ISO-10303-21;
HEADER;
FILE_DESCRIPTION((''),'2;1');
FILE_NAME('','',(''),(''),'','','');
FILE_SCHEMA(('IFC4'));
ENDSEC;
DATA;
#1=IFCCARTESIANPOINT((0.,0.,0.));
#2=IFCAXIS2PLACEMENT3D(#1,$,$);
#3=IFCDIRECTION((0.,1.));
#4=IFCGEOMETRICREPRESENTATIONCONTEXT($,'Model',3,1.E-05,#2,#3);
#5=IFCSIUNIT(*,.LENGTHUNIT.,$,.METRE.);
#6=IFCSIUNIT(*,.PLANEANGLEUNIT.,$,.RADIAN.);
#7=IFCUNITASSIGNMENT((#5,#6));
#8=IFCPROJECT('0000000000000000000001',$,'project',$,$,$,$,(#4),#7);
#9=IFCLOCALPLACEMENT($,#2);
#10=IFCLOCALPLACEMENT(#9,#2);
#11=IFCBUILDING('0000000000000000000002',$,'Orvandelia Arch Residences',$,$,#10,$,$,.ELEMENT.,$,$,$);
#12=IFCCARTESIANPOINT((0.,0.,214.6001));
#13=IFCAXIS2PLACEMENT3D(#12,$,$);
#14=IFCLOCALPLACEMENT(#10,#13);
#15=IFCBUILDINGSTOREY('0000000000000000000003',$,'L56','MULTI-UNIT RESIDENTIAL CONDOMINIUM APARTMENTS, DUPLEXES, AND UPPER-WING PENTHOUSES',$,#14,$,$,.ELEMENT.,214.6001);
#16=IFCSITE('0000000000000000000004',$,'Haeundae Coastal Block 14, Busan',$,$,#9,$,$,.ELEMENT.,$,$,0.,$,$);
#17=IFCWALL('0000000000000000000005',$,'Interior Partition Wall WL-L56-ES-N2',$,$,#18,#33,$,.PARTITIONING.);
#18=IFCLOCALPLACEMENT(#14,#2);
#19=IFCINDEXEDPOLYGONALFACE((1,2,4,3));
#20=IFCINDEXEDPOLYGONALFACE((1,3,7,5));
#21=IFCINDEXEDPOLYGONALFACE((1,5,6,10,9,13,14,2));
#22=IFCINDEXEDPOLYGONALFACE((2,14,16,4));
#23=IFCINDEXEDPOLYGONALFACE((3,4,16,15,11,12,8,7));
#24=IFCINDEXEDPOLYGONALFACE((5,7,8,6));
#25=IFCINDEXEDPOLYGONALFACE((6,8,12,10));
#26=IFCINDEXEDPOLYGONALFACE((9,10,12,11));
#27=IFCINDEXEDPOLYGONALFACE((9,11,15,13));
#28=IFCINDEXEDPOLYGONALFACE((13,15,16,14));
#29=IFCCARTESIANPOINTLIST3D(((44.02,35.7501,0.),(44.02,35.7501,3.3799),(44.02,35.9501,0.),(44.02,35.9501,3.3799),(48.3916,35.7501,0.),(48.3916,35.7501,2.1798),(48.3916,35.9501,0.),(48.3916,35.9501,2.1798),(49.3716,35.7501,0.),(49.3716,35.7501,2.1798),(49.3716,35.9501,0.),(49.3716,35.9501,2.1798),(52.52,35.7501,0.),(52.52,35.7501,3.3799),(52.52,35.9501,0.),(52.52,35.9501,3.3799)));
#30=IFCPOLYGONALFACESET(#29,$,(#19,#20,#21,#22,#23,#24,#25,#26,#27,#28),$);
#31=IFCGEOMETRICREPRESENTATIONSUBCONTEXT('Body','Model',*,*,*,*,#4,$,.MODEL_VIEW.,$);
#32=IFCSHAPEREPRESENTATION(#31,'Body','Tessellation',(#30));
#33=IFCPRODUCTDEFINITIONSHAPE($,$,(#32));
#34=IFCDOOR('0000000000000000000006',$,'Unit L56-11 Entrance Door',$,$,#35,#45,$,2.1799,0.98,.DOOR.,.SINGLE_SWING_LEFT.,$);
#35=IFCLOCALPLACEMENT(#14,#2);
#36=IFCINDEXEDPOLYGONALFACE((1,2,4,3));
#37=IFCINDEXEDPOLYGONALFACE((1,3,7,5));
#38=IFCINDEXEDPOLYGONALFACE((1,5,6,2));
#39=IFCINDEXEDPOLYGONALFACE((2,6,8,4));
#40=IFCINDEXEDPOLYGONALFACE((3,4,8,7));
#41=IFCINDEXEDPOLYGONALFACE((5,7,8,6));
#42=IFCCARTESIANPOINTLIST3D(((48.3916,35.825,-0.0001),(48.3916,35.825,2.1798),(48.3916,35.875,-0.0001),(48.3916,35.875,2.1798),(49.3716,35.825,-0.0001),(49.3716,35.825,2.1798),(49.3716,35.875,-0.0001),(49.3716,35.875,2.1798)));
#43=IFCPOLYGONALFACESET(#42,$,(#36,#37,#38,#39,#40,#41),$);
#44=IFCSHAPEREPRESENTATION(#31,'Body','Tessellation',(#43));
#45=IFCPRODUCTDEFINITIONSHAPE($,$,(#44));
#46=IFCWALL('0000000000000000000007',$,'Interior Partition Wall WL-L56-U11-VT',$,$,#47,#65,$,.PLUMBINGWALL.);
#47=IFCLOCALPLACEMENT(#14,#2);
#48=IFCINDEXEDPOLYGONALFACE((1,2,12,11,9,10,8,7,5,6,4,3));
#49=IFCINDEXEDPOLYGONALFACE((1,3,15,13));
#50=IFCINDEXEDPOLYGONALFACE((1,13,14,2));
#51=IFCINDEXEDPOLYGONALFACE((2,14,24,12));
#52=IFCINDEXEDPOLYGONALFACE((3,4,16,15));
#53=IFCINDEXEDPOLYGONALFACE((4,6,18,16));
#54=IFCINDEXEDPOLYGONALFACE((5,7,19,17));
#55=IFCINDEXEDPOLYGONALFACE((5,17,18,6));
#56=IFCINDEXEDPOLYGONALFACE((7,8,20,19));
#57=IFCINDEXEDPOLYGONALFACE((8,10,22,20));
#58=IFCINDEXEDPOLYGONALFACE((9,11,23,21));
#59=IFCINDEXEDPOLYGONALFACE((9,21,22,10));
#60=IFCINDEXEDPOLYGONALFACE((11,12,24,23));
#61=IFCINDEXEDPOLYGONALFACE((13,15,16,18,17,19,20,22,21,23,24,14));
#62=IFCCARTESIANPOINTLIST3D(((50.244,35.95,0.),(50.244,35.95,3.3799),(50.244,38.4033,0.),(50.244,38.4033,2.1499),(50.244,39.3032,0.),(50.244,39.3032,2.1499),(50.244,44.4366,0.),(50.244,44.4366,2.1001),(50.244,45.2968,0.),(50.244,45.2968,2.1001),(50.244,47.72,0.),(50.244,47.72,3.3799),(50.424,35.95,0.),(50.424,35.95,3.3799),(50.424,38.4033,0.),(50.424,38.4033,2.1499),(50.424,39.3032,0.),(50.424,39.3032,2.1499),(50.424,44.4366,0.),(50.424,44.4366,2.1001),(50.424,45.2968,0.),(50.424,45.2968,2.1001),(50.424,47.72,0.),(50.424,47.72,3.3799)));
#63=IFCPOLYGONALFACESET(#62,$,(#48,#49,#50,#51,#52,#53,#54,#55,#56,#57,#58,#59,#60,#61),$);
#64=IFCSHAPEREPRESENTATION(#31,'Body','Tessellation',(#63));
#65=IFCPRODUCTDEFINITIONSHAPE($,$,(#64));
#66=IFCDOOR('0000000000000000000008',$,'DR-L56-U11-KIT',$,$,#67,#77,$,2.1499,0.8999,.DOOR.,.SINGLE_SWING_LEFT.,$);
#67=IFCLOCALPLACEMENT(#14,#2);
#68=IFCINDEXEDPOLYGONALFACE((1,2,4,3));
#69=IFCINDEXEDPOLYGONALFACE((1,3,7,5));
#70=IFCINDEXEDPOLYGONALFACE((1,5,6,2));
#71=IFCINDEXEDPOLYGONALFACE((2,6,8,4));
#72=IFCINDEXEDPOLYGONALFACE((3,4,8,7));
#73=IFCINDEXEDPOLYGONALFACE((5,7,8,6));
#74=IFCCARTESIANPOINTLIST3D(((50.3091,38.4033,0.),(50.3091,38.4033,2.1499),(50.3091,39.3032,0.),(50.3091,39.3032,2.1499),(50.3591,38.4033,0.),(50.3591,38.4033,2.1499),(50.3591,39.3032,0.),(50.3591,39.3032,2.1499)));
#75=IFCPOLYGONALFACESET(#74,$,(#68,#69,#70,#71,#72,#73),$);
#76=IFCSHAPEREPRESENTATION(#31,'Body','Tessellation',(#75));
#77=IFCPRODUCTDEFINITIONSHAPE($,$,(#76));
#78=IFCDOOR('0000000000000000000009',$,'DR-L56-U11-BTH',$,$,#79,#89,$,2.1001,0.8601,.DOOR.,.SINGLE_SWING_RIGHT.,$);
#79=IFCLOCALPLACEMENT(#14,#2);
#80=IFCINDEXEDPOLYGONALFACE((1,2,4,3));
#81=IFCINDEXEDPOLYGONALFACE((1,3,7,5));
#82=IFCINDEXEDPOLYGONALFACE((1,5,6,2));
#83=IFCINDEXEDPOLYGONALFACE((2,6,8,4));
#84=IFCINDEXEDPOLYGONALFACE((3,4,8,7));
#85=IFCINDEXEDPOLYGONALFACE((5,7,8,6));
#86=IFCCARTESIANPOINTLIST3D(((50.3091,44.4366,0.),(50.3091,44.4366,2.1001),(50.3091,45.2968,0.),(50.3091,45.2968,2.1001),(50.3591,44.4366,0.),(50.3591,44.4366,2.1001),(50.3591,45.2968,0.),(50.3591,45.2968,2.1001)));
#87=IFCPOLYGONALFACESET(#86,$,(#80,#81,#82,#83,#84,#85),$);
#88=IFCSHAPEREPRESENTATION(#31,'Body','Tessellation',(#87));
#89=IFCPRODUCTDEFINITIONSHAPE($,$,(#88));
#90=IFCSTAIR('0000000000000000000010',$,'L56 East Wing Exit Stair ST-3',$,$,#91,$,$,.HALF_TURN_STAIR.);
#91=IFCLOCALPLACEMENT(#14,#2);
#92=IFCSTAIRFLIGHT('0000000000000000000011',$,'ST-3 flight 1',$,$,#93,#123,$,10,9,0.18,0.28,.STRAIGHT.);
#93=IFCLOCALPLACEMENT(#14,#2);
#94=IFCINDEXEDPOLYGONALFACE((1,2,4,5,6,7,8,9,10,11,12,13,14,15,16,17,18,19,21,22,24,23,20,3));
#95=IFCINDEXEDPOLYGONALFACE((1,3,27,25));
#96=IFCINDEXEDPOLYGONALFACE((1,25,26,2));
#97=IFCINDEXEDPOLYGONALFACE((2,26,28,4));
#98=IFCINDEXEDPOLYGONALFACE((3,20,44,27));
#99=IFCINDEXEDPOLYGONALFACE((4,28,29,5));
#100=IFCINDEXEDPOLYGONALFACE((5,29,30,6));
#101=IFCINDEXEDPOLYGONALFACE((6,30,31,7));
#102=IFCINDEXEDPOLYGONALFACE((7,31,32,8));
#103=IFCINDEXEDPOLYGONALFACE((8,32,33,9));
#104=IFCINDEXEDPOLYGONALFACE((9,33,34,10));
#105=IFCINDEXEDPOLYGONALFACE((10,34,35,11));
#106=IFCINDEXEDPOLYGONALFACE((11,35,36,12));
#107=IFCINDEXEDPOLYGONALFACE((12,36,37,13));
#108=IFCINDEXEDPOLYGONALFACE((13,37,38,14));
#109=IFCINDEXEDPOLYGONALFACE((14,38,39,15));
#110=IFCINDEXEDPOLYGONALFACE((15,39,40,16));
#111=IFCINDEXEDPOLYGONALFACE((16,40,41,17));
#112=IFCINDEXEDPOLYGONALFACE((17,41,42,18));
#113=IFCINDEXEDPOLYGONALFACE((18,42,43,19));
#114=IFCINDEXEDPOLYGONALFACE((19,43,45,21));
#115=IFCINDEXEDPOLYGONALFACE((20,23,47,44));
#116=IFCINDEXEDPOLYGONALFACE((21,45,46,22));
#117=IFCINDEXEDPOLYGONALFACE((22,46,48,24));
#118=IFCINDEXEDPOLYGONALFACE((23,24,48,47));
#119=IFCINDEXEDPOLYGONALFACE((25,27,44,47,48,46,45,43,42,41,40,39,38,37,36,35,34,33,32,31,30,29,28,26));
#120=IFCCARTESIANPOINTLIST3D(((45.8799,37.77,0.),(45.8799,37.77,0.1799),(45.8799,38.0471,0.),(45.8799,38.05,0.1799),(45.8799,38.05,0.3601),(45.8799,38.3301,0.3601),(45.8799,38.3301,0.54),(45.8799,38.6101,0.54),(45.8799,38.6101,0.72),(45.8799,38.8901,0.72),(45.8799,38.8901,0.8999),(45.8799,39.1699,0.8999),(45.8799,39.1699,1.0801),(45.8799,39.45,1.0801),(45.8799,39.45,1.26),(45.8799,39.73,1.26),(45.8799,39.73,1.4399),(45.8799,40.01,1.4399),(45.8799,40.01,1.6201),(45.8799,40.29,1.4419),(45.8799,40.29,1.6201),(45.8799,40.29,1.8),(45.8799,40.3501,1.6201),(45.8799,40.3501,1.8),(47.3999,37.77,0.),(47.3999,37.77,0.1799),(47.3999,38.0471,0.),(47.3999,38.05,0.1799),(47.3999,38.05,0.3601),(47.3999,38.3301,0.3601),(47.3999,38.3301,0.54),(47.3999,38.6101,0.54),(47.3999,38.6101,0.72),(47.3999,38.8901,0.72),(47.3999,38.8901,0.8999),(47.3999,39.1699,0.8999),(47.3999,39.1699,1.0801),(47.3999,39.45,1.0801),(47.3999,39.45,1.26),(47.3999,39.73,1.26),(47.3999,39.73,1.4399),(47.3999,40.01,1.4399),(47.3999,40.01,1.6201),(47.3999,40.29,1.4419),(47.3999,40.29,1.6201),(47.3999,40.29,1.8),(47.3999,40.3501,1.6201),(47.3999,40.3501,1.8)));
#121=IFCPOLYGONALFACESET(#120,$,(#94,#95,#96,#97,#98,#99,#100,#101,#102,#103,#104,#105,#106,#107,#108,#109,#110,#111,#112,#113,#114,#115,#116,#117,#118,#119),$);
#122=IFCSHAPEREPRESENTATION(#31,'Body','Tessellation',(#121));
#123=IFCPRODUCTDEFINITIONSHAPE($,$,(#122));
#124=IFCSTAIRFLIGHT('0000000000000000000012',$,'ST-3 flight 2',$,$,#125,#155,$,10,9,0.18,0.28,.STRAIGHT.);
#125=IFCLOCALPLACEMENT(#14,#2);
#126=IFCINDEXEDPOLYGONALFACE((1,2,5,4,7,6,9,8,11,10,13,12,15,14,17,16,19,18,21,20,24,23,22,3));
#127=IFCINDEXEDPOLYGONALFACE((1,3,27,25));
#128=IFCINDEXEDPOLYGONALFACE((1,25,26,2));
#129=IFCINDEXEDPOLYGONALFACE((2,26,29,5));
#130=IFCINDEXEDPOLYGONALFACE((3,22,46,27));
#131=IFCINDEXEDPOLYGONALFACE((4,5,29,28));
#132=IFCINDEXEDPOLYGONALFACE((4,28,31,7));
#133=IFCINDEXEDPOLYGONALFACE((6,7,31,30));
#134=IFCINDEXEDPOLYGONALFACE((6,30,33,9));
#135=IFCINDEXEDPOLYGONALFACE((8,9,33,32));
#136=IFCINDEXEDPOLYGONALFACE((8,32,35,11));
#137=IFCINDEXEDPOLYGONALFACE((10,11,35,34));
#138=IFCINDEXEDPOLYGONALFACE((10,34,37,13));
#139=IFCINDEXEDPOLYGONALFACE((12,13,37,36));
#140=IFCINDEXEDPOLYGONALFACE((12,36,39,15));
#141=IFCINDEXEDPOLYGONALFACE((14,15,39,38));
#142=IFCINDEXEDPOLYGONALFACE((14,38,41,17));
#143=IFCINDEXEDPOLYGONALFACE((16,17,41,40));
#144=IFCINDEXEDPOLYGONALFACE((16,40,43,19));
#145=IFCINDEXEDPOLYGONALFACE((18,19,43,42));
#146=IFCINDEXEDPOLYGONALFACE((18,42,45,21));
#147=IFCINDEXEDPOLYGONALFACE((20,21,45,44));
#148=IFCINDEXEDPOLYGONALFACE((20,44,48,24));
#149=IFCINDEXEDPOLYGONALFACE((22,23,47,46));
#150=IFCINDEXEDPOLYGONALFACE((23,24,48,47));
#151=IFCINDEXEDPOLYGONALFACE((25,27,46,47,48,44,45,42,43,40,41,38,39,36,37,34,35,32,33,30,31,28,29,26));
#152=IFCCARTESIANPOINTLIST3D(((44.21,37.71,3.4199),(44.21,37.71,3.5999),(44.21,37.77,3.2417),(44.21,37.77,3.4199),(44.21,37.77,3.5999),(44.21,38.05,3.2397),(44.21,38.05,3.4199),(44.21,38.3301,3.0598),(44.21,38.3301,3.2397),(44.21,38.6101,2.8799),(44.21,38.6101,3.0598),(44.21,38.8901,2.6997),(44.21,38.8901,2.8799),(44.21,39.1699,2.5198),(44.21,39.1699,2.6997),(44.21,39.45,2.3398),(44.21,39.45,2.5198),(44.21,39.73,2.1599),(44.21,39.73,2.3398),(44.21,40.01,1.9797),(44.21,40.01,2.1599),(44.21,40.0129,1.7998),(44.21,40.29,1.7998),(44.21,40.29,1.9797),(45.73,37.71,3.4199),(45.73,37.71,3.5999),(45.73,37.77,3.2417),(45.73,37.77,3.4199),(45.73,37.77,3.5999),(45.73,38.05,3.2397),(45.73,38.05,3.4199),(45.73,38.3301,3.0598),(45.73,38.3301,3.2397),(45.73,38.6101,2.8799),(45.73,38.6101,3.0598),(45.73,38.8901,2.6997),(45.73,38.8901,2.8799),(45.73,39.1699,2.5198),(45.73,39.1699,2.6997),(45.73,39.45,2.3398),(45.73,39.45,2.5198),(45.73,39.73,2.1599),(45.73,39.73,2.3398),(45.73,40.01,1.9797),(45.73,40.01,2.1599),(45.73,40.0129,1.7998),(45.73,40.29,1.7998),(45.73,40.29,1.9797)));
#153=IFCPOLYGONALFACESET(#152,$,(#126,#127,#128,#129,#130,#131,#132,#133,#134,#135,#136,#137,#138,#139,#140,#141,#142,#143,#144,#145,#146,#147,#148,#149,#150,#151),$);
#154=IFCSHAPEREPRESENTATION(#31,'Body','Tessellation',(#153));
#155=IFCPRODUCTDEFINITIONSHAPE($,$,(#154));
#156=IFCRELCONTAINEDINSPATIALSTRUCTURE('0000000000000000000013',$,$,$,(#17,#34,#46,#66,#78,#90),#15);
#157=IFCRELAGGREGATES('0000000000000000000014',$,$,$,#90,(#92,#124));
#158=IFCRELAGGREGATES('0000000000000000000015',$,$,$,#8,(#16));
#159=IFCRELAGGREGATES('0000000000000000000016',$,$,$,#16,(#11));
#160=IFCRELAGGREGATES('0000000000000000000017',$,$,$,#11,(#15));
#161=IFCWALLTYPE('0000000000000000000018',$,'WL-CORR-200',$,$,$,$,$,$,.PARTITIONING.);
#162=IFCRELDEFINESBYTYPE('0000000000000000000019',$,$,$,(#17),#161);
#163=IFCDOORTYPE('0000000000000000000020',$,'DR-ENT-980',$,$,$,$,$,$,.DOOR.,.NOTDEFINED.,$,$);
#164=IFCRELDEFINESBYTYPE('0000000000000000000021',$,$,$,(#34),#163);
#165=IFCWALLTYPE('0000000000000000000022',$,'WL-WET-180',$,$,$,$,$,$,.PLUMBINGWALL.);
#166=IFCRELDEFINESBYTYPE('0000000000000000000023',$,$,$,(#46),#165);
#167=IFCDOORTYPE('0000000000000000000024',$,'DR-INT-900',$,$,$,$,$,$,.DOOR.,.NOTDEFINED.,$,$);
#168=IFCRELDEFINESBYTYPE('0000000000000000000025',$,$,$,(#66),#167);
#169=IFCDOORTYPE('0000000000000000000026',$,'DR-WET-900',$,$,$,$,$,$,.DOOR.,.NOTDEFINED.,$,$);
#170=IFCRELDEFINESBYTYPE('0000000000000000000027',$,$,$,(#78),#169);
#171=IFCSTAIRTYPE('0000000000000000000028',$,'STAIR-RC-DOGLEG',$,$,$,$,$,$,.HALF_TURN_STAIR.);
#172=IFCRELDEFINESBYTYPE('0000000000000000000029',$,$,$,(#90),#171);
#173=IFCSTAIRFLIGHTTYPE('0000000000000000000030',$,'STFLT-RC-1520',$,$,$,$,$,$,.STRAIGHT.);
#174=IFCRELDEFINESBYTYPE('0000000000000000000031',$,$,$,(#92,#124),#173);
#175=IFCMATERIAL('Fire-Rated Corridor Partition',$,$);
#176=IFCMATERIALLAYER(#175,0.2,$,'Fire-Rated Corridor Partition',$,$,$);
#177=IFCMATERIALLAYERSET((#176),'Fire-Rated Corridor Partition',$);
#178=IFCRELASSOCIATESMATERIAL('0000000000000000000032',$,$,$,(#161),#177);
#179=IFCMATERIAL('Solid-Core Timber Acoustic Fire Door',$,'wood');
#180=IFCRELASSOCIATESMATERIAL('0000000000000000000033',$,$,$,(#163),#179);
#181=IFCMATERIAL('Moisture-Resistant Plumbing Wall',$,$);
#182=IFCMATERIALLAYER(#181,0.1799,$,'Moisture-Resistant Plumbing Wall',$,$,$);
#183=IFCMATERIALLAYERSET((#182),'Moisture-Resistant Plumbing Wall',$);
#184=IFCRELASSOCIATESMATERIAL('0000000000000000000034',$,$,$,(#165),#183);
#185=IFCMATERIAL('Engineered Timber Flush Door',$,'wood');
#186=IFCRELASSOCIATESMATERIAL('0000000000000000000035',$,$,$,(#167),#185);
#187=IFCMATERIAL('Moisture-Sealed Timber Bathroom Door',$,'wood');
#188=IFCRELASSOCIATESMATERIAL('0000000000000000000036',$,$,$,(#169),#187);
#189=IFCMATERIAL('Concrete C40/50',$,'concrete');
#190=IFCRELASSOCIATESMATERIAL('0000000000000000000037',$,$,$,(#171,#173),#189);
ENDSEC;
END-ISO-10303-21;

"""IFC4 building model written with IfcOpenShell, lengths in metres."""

from ifc_helpers import new_model, si_unit, direction, frame, frame_2d, origin, place, context, subcontext, project, spatial, polyline, rectangle, outline, extrude, material, layer, layer_set, type_object, element, fill, aggregate, save


model = new_model("IFC4")

# Units and contexts
model_context = context("Model", 3, precision=1e-05, world=origin(), true_north=direction((0.0, 1.0)))
body_context = subcontext(model_context, "Body", "Model", "MODEL_VIEW")
ifc_project = project(units=[si_unit("LENGTHUNIT", "METRE"), si_unit("PLANEANGLEUNIT", "RADIAN")], contexts=[model_context])

# Site, building, storey
site_placement = place(None, origin())
site = spatial("IfcSite", under=ifc_project, at=site_placement, Name="Haeundae Coastal Block 14, Busan", CompositionType="ELEMENT", RefElevation=0.0)
building_placement = place(site_placement, origin())
building = spatial("IfcBuilding", under=site, at=building_placement, Name="Orvandelia Arch Residences", CompositionType="ELEMENT")
storey_placement = place(building_placement, frame((0.0, 0.0, 214.6001)))
storey = spatial("IfcBuildingStorey", under=building, at=storey_placement, Name="L56", Description="MULTI-UNIT RESIDENTIAL CONDOMINIUM APARTMENTS, DUPLEXES, AND UPPER-WING PENTHOUSES", CompositionType="ELEMENT", Elevation=214.6001)

# Wall, opening, door
ifc_material_1 = material(Name="Fire-Rated Corridor Partition")
ifc_layer_1 = layer(ifc_material_1, 0.2, Name="Fire-Rated Corridor Partition")
ifc_layer_set_1 = layer_set([ifc_layer_1], Name="Fire-Rated Corridor Partition")
wall_type_1 = type_object("IfcWallType", Name="WL-CORR-200", PredefinedType="PARTITIONING", material=ifc_layer_set_1)
wall_1_placement = place(storey_placement, frame((44.02, 35.8501, 0.0), z_axis=(0.0, 0.0, 1.0), x_axis=(1.0, 0.0, 0.0)))
wall_1 = element("IfcWall", 1, at=wall_1_placement, inside=storey, type_object=wall_type_1, Name="Interior Partition Wall WL-L56-ES-N2", PredefinedType="PARTITIONING", context=body_context, shape_type="SweptSolid", body=[
    extrude(rectangle(XDim=8.5, YDim=0.2, at=frame_2d((4.25, 0.0))), origin(), (0.0, 0.0, 1.0), 3.3799),
])
opening_1_placement = place(wall_1_placement, frame((4.3716, 0.0, 0.0)))
opening_1 = element("IfcOpeningElement", 2, at=opening_1_placement, cuts=wall_1, PredefinedType="OPENING", context=body_context, shape_type="SweptSolid", body=[
    extrude(rectangle(XDim=0.98, YDim=2.1799, at=frame_2d((0.49, 1.0898))), frame((0.0, 0.1099, 0.0), z_axis=(0.0, -1.0, 0.0), x_axis=(1.0, 0.0, 0.0)), (0.0, 0.0, 1.0), 0.22),
])
ifc_material_2 = material(Name="Solid-Core Timber Acoustic Fire Door", Category="wood")
door_type_1 = type_object("IfcDoorType", Name="DR-ENT-980", OperationType="NOTDEFINED", PredefinedType="DOOR", material=ifc_material_2)
door_1_placement = place(opening_1_placement, origin())
door_1 = element("IfcDoor", 3, at=door_1_placement, inside=storey, type_object=door_type_1, Name="Unit L56-11 Entrance Door", OperationType="SINGLE_SWING_LEFT", OverallHeight=2.1799, OverallWidth=0.98, PredefinedType="DOOR", context=body_context, shape_type="SweptSolid", body=[
    extrude(rectangle(XDim=0.98, YDim=2.1799, at=frame_2d((0.49, 1.0898))), frame((0.0, 0.0249, 0.0), z_axis=(0.0, -1.0, 0.0), x_axis=(1.0, 0.0, 0.0)), (0.0, 0.0, 1.0), 0.05),
])
fill(opening_1, door_1)

# Wall, openings, doors
ifc_material_3 = material(Name="Moisture-Resistant Plumbing Wall")
ifc_layer_2 = layer(ifc_material_3, 0.1799, Name="Moisture-Resistant Plumbing Wall")
ifc_layer_set_2 = layer_set([ifc_layer_2], Name="Moisture-Resistant Plumbing Wall")
wall_type_2 = type_object("IfcWallType", Name="WL-WET-180", PredefinedType="PLUMBINGWALL", material=ifc_layer_set_2)
wall_2_placement = place(storey_placement, frame((50.334, 35.95, 0.0), z_axis=(0.0, 0.0, 1.0), x_axis=(0.0, 1.0, 0.0)))
wall_2 = element("IfcWall", 4, at=wall_2_placement, inside=storey, type_object=wall_type_2, Name="Interior Partition Wall WL-L56-U11-VT", PredefinedType="PLUMBINGWALL", context=body_context, shape_type="SweptSolid", body=[
    extrude(rectangle(XDim=11.77, YDim=0.1799, at=frame_2d((5.885, 0.0))), origin(), (0.0, 0.0, 1.0), 3.3799),
])
opening_2_placement = place(wall_2_placement, frame((2.4534, 0.0, 0.0)))
opening_2 = element("IfcOpeningElement", 5, at=opening_2_placement, cuts=wall_2, PredefinedType="OPENING", context=body_context, shape_type="SweptSolid", body=[
    extrude(rectangle(XDim=0.8999, YDim=2.1499, at=frame_2d((0.45, 1.075))), frame((0.0, 0.1001, 0.0), z_axis=(0.0, -1.0, 0.0), x_axis=(1.0, 0.0, 0.0)), (0.0, 0.0, 1.0), 0.2),
])
opening_3_placement = place(wall_2_placement, frame((8.4866, 0.0, 0.0)))
opening_3 = element("IfcOpeningElement", 6, at=opening_3_placement, cuts=wall_2, PredefinedType="OPENING", context=body_context, shape_type="SweptSolid", body=[
    extrude(rectangle(XDim=0.8601, YDim=2.1001, at=frame_2d((0.4302, 1.05))), frame((0.0, 0.1001, 0.0), z_axis=(0.0, -1.0, 0.0), x_axis=(1.0, 0.0, 0.0)), (0.0, 0.0, 1.0), 0.2),
])
ifc_material_4 = material(Name="Engineered Timber Flush Door", Category="wood")
door_type_2 = type_object("IfcDoorType", Name="DR-INT-900", OperationType="NOTDEFINED", PredefinedType="DOOR", material=ifc_material_4)
door_2_placement = place(opening_2_placement, origin())
door_2 = element("IfcDoor", 7, at=door_2_placement, inside=storey, type_object=door_type_2, Name="DR-L56-U11-KIT", OperationType="SINGLE_SWING_LEFT", OverallHeight=2.1499, OverallWidth=0.8999, PredefinedType="DOOR", context=body_context, shape_type="SweptSolid", body=[
    extrude(rectangle(XDim=0.8999, YDim=2.1499, at=frame_2d((0.45, 1.075))), frame((0.0, 0.0249, 0.0), z_axis=(0.0, -1.0, 0.0), x_axis=(1.0, 0.0, 0.0)), (0.0, 0.0, 1.0), 0.05),
])
fill(opening_2, door_2)
ifc_material_5 = material(Name="Moisture-Sealed Timber Bathroom Door", Category="wood")
door_type_3 = type_object("IfcDoorType", Name="DR-WET-900", OperationType="NOTDEFINED", PredefinedType="DOOR", material=ifc_material_5)
door_3_placement = place(opening_3_placement, origin())
door_3 = element("IfcDoor", 8, at=door_3_placement, inside=storey, type_object=door_type_3, Name="DR-L56-U11-BTH", OperationType="SINGLE_SWING_RIGHT", OverallHeight=2.1001, OverallWidth=0.8601, PredefinedType="DOOR", context=body_context, shape_type="SweptSolid", body=[
    extrude(rectangle(XDim=0.8601, YDim=2.1001, at=frame_2d((0.4302, 1.05))), frame((0.0, 0.0249, 0.0), z_axis=(0.0, -1.0, 0.0), x_axis=(1.0, 0.0, 0.0)), (0.0, 0.0, 1.0), 0.05),
])
fill(opening_3, door_3)

# Stair, stair flights
ifc_material_6 = material(Name="Concrete C40/50", Category="concrete")
stair_type = type_object("IfcStairType", Name="STAIR-RC-DOGLEG", PredefinedType="HALF_TURN_STAIR", material=ifc_material_6)
stair_placement = place(storey_placement, origin())
stair = element("IfcStair", 9, at=stair_placement, inside=storey, type_object=stair_type, Name="L56 East Wing Exit Stair ST-3", PredefinedType="HALF_TURN_STAIR")
stair_flight_type = type_object("IfcStairFlightType", Name="STFLT-RC-1520", PredefinedType="STRAIGHT", material=ifc_material_6)
stair_flight_1_placement = place(storey_placement, frame((46.6399, 37.77, 0.0), z_axis=(0.0, 0.0, 1.0), x_axis=(0.0, 1.0, 0.0)))
stair_flight_1 = element("IfcStairFlight", 10, at=stair_flight_1_placement, type_object=stair_flight_type, Name="ST-3 flight 1", NumberOfRisers=10, NumberOfTreads=9, PredefinedType="STRAIGHT", RiserHeight=0.18, TreadLength=0.28, context=body_context, shape_type="SweptSolid", body=[
    extrude(outline(polyline([(0.0, 0.0), (0.0, 0.1799), (0.28, 0.1799), (0.28, 0.3601), (0.5601, 0.3601), (0.5601, 0.54), (0.8401, 0.54), (0.8401, 0.72), (1.1201, 0.72), (1.1201, 0.8999), (1.3999, 0.8999), (1.3999, 1.0801), (1.6799, 1.0801), (1.6799, 1.26), (1.96, 1.26), (1.96, 1.4399), (2.24, 1.4399), (2.24, 1.6201), (2.52, 1.6201), (2.52, 1.8), (2.5801, 1.8), (2.5801, 1.6201), (2.52, 1.4419), (0.2771, 0.0), (0.0, 0.0)])), frame((0.0, 0.76, 0.0), z_axis=(0.0, -1.0, 0.0), x_axis=(1.0, 0.0, 0.0)), (0.0, 0.0, 1.0), 1.52),
])
stair_flight_2_placement = place(storey_placement, frame((44.97, 40.29, 1.7998), z_axis=(0.0, 0.0, 1.0), x_axis=(0.0, -1.0, 0.0)))
stair_flight_2 = element("IfcStairFlight", 11, at=stair_flight_2_placement, type_object=stair_flight_type, Name="ST-3 flight 2", NumberOfRisers=10, NumberOfTreads=9, PredefinedType="STRAIGHT", RiserHeight=0.18, TreadLength=0.28, context=body_context, shape_type="SweptSolid", body=[
    extrude(outline(polyline([(0.0, 0.0), (0.0, 0.1799), (0.28, 0.1799), (0.28, 0.3601), (0.5601, 0.3601), (0.5601, 0.54), (0.8401, 0.54), (0.8401, 0.72), (1.1201, 0.72), (1.1201, 0.8999), (1.3999, 0.8999), (1.3999, 1.0801), (1.6799, 1.0801), (1.6799, 1.26), (1.96, 1.26), (1.96, 1.4399), (2.24, 1.4399), (2.24, 1.6201), (2.52, 1.6201), (2.52, 1.8), (2.5801, 1.8), (2.5801, 1.6201), (2.52, 1.4419), (0.2771, 0.0), (0.0, 0.0)])), frame((0.0, 0.76, 0.0), z_axis=(0.0, -1.0, 0.0), x_axis=(1.0, 0.0, 0.0)), (0.0, 0.0, 1.0), 1.52),
])
aggregate(stair, [stair_flight_1, stair_flight_2])

save(model, "model.ifc")
